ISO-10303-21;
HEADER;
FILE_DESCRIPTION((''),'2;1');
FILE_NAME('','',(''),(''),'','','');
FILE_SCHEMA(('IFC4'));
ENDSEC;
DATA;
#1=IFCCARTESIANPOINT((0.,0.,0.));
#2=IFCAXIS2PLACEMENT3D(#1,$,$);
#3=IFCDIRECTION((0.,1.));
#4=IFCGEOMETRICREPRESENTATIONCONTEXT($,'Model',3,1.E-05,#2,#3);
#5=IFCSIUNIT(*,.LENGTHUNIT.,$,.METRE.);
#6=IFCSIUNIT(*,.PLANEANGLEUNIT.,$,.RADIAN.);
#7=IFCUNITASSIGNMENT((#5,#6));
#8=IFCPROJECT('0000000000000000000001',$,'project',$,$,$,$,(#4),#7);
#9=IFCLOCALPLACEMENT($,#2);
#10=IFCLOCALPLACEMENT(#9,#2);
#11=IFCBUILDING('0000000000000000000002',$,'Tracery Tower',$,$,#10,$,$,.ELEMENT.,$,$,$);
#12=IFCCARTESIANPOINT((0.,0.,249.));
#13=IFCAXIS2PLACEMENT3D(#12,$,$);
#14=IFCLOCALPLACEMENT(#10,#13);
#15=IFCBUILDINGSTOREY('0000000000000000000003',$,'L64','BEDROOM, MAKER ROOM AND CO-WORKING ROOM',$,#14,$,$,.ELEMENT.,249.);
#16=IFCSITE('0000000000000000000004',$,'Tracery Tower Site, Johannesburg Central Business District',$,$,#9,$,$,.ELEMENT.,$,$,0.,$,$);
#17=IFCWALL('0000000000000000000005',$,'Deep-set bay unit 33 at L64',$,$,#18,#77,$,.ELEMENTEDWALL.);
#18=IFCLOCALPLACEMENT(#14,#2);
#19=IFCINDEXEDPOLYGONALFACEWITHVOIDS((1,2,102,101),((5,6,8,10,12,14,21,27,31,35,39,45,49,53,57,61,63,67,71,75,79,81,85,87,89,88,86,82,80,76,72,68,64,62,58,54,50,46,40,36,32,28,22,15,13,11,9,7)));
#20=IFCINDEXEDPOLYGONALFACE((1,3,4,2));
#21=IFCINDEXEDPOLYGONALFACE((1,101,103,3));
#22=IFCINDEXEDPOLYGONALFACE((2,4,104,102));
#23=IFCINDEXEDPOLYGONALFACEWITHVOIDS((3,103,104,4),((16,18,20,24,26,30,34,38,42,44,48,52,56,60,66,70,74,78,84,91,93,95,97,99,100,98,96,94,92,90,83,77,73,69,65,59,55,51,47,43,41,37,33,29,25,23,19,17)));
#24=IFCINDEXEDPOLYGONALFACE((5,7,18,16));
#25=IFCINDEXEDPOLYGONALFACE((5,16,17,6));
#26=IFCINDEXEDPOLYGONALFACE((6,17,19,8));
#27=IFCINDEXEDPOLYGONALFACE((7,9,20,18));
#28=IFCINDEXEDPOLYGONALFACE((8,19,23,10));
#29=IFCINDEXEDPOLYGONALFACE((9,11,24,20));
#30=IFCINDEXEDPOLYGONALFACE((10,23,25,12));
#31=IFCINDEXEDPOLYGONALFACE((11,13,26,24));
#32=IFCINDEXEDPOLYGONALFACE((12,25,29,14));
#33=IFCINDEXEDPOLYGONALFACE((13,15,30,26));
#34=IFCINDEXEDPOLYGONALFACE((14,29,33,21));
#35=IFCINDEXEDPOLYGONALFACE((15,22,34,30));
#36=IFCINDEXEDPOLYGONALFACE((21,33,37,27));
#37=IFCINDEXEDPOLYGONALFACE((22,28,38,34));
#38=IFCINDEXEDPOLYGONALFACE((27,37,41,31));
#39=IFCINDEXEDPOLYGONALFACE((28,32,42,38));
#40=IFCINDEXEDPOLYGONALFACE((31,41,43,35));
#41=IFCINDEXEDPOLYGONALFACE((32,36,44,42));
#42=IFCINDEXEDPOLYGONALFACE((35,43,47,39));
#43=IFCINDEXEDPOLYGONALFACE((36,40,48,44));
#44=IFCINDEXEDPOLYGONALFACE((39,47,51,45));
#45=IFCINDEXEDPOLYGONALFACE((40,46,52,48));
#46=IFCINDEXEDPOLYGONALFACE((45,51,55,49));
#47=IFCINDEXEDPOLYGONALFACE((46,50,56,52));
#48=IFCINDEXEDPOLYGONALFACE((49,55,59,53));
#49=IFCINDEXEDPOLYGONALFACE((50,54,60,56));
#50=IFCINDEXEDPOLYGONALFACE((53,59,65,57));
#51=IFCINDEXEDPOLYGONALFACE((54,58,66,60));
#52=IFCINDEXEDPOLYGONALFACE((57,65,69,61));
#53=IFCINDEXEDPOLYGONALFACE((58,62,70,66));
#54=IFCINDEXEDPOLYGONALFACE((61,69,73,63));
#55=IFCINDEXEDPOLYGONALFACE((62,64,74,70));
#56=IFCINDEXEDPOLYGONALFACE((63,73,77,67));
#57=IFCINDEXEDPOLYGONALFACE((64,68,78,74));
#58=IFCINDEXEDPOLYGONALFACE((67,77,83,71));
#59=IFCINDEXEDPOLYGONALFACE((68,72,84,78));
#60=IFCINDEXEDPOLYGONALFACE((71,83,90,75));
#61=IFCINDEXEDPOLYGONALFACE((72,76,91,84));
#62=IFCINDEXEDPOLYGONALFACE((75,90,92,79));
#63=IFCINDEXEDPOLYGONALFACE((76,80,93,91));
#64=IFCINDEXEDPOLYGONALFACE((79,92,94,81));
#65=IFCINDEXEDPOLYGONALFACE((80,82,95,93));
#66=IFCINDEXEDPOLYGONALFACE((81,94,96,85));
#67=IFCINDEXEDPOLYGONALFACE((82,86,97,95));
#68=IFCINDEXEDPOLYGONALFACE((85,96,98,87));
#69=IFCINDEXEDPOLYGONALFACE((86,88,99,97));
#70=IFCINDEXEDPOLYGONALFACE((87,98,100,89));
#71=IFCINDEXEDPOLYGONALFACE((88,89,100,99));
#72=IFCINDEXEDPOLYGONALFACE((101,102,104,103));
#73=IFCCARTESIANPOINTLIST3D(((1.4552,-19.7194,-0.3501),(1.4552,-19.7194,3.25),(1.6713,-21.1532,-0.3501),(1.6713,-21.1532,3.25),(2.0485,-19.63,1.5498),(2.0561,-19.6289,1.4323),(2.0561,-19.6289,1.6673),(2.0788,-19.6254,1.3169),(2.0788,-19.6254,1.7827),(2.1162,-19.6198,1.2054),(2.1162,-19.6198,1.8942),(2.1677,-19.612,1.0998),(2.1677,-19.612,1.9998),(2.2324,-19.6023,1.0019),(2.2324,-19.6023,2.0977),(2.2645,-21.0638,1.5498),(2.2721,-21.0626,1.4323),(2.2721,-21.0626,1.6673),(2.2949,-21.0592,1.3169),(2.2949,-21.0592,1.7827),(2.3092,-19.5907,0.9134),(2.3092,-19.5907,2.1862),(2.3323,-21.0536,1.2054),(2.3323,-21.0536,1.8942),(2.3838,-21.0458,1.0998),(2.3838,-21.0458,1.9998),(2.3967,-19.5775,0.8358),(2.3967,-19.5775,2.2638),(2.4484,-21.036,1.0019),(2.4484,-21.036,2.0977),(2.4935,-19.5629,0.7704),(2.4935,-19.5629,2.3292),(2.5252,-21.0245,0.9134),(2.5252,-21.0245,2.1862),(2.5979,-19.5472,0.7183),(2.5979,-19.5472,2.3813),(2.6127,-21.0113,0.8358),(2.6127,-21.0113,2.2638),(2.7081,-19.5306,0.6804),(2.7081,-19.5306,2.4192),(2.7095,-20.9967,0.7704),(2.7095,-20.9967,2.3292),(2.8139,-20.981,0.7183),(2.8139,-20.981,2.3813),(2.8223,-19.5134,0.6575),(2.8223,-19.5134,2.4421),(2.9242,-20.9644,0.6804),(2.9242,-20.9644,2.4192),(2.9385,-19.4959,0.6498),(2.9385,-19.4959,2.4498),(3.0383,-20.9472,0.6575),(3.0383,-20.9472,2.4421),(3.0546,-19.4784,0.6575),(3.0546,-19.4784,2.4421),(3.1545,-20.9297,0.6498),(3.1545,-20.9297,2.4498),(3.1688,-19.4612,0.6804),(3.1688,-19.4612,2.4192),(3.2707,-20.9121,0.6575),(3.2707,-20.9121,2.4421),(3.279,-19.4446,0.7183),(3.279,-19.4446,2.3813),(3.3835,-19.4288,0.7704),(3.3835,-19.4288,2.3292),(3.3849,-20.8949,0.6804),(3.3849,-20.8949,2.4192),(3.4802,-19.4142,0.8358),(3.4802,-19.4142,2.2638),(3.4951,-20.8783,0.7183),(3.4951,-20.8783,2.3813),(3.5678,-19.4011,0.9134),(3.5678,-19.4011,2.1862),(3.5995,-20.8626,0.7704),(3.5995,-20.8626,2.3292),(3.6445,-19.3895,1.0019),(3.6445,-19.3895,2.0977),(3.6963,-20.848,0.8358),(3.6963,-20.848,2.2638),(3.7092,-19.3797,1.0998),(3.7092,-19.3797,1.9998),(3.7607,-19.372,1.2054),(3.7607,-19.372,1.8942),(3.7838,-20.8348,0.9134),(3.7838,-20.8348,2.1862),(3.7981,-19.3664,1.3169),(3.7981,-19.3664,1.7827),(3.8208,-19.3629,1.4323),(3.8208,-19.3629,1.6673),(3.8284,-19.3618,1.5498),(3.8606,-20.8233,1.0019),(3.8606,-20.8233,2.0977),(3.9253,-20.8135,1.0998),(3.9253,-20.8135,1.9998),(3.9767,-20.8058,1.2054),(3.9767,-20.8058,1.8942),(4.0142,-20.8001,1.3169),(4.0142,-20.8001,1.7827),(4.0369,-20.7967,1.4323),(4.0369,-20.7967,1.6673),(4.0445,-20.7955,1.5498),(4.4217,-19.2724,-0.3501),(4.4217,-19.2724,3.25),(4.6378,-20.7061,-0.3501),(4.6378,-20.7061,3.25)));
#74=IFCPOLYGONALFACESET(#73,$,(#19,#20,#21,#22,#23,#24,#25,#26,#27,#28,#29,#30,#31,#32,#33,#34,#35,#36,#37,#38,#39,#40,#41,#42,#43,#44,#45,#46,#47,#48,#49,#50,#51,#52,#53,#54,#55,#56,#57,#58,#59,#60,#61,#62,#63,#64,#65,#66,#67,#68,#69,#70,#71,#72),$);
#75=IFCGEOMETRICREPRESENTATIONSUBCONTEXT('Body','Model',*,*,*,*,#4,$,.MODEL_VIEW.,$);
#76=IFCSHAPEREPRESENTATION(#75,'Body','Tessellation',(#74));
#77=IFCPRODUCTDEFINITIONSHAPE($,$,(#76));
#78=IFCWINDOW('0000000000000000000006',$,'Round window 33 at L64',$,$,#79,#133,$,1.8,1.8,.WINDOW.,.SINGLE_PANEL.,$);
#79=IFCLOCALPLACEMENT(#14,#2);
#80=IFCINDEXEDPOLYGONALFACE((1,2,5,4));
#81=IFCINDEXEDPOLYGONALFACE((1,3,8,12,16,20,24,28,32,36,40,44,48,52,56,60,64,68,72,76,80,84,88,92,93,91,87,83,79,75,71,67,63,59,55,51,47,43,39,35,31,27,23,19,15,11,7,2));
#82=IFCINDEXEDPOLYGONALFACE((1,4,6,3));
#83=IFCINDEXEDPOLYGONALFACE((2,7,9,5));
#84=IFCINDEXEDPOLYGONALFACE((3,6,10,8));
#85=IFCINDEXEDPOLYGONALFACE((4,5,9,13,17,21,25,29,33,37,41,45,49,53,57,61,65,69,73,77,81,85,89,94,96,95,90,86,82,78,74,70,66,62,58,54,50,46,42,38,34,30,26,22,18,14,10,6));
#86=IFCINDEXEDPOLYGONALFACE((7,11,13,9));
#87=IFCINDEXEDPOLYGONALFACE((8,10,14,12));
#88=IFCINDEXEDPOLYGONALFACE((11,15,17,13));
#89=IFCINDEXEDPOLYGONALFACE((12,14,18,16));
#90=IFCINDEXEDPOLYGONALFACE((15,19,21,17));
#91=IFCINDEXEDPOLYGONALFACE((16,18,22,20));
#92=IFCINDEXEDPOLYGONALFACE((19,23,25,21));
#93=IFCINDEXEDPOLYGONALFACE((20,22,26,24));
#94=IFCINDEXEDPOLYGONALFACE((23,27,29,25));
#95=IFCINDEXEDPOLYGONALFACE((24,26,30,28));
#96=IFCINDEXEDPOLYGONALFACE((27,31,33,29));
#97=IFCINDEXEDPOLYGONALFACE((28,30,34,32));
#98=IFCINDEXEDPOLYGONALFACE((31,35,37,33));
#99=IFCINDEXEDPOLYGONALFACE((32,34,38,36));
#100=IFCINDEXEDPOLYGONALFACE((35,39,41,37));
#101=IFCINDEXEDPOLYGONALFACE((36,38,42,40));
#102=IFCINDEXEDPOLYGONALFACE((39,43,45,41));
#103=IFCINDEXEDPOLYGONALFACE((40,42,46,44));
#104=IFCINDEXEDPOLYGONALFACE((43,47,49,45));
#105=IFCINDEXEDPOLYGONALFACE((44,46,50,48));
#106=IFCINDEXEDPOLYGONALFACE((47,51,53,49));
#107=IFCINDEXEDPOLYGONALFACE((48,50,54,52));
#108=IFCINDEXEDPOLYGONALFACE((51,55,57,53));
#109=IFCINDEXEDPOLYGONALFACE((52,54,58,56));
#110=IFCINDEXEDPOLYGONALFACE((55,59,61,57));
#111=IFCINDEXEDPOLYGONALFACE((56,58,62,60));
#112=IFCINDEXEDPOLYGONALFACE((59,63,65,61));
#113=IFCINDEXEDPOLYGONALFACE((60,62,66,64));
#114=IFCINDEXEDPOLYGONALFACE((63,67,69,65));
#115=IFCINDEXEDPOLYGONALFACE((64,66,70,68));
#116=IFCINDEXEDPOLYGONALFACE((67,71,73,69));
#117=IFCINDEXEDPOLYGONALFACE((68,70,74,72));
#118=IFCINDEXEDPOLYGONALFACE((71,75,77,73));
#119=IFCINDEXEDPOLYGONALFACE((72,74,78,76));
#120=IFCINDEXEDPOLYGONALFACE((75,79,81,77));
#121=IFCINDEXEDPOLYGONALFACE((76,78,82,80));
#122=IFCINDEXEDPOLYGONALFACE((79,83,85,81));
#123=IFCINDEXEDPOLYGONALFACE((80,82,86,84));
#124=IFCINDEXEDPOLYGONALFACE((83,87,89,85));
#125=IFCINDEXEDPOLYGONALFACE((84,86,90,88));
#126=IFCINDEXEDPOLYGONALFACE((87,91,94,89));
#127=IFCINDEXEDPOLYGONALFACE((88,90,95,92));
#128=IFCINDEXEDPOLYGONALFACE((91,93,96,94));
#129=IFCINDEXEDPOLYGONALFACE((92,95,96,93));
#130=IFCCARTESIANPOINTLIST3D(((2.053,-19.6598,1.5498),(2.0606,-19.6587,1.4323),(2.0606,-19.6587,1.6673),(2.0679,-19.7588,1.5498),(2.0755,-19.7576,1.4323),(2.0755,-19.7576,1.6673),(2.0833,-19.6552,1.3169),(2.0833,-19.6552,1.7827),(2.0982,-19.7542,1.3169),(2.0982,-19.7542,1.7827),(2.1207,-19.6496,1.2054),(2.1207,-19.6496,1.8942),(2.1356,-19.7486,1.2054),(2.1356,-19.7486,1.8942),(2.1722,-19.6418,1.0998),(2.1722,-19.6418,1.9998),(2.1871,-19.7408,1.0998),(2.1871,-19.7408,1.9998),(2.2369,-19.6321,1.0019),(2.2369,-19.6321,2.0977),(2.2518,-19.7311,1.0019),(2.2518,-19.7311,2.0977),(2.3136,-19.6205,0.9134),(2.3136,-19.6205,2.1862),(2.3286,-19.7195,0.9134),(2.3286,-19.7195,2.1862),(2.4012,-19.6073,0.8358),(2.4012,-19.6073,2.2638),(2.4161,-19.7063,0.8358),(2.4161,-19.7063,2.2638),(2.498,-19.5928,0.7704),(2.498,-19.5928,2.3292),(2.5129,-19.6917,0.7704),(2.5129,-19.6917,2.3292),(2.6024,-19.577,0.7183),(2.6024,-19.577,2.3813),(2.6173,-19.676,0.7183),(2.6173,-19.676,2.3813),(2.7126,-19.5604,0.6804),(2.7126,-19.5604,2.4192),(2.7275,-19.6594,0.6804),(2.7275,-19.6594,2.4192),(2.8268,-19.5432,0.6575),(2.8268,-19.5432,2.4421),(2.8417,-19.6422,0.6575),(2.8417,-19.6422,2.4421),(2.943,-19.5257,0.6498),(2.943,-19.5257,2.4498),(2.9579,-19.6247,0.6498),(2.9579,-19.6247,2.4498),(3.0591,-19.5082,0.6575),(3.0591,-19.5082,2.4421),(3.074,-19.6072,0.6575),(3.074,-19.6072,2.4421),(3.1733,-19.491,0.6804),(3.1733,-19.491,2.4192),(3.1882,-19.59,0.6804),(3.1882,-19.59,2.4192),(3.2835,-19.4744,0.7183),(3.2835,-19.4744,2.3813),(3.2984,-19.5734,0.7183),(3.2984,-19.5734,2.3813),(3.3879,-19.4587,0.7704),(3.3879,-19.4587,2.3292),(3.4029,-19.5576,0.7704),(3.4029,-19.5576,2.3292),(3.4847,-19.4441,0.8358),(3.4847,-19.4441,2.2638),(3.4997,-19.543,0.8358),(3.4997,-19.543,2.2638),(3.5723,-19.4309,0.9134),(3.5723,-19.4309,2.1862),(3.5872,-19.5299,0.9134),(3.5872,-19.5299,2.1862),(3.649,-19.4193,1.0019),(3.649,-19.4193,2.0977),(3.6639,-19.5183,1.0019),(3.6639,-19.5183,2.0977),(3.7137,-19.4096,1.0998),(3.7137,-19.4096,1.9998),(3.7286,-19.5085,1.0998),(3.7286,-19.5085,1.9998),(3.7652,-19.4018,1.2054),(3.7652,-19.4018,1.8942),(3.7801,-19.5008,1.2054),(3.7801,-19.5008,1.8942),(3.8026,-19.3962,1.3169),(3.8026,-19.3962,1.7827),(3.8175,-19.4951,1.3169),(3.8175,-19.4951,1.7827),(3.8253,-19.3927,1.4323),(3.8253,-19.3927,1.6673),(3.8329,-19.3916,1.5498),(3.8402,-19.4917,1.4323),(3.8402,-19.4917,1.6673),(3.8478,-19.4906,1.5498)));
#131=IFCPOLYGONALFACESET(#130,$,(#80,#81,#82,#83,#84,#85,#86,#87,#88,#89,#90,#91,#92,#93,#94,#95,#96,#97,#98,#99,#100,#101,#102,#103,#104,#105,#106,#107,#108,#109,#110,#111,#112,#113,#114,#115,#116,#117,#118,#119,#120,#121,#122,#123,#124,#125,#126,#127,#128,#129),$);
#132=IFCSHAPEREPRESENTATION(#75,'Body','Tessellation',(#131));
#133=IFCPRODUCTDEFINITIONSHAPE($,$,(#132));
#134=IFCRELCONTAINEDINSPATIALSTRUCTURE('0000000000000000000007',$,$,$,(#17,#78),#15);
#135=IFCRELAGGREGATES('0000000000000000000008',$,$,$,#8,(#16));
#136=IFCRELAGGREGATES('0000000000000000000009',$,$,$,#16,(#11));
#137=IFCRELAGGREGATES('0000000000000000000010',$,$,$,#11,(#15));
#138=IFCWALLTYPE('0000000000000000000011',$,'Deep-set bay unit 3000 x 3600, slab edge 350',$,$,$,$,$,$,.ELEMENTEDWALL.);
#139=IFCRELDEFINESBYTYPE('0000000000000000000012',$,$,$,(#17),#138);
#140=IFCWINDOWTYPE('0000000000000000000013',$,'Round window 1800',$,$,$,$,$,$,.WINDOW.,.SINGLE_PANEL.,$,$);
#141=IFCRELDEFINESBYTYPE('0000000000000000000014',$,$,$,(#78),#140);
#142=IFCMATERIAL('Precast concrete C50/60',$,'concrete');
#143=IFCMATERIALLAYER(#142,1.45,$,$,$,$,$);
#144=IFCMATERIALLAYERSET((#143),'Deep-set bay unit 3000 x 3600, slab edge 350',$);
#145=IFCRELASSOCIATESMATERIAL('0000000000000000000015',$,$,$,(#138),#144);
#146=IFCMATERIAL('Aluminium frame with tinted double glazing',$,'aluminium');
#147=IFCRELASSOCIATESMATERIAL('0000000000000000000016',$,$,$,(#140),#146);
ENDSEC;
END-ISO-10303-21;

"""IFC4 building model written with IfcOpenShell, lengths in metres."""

from ifc_helpers import new_model, si_unit, direction, frame, frame_2d, origin, origin_2d, place, context, subcontext, project, spatial, rectangle, circle, extrude, material, layer, layer_set, type_object, element, fill, save


model = new_model("IFC4")

# Units and contexts
model_context = context("Model", 3, precision=1e-05, world=origin(), true_north=direction((0.0, 1.0)))
body_context = subcontext(model_context, "Body", "Model", "MODEL_VIEW")
ifc_project = project(units=[si_unit("LENGTHUNIT", "METRE"), si_unit("PLANEANGLEUNIT", "RADIAN")], contexts=[model_context])

# Site, building, storey
site_placement = place(None, origin())
site = spatial("IfcSite", under=ifc_project, at=site_placement, Name="Tracery Tower Site, Johannesburg Central Business District", CompositionType="ELEMENT", RefElevation=0.0)
building_placement = place(site_placement, origin())
building = spatial("IfcBuilding", under=site, at=building_placement, Name="Tracery Tower", CompositionType="ELEMENT")
storey_placement = place(building_placement, frame((0.0, 0.0, 249.0)))
storey = spatial("IfcBuildingStorey", under=building, at=storey_placement, Name="L64", Description="BEDROOM, MAKER ROOM AND CO-WORKING ROOM", CompositionType="ELEMENT", Elevation=249.0)

# Wall, opening, window
ifc_material_1 = material(Name="Precast concrete C50/60", Category="concrete")
ifc_layer_1 = layer(ifc_material_1, 1.45)
ifc_layer_set_1 = layer_set([ifc_layer_1], Name="Deep-set bay unit 3000 x 3600, slab edge 350")
wall_type_1 = type_object("IfcWallType", Name="Deep-set bay unit 3000 x 3600, slab edge 350", PredefinedType="ELEMENTEDWALL", material=ifc_layer_set_1)
wall_1_placement = place(storey_placement, frame((1.5632, -20.4363, -0.3501), z_axis=(0.0, 0.0, 1.0), x_axis=(0.988836, 0.149005, 0.0)))
wall_1 = element("IfcWall", 1, at=wall_1_placement, inside=storey, type_object=wall_type_1, Name="Deep-set bay unit 33 at L64", PredefinedType="ELEMENTEDWALL", context=body_context, shape_type="SweptSolid", body=[
    extrude(rectangle(XDim=3.0, YDim=1.45, at=frame_2d((1.5, 0.0))), origin(), (0.0, 0.0, 1.0), 3.6001),
])
opening_1_placement = place(wall_1_placement, frame((1.5, 0.0, 1.8999)))
opening_1 = element("IfcOpeningElement", 2, at=opening_1_placement, cuts=wall_1, PredefinedType="OPENING", context=body_context, shape_type="SweptSolid", body=[
    extrude(circle(Radius=0.9, at=origin_2d()), frame((0.0, 0.7349, 0.0), z_axis=(0.0, -1.0, 0.0), x_axis=(1.0, 0.0, 0.0)), (0.0, 0.0, 1.0), 1.47),
])
ifc_material_2 = material(Name="Aluminium frame with tinted double glazing", Category="aluminium")
window_type = type_object("IfcWindowType", Name="Round window 1800", PartitioningType="SINGLE_PANEL", PredefinedType="WINDOW", material=ifc_material_2)
window_1_placement = place(opening_1_placement, origin())
window_1 = element("IfcWindow", 3, at=window_1_placement, inside=storey, type_object=window_type, Name="Round window 33 at L64", OverallHeight=1.8, OverallWidth=1.8, PartitioningType="SINGLE_PANEL", PredefinedType="WINDOW", context=body_context, shape_type="SweptSolid", body=[
    extrude(circle(Radius=0.9, at=origin_2d()), frame((0.0, 0.6948, 0.0), z_axis=(0.0, -1.0, 0.0), x_axis=(1.0, 0.0, 0.0)), (0.0, 0.0, 1.0), 0.1001),
])
fill(opening_1, window_1)

save(model, "model.ifc")
